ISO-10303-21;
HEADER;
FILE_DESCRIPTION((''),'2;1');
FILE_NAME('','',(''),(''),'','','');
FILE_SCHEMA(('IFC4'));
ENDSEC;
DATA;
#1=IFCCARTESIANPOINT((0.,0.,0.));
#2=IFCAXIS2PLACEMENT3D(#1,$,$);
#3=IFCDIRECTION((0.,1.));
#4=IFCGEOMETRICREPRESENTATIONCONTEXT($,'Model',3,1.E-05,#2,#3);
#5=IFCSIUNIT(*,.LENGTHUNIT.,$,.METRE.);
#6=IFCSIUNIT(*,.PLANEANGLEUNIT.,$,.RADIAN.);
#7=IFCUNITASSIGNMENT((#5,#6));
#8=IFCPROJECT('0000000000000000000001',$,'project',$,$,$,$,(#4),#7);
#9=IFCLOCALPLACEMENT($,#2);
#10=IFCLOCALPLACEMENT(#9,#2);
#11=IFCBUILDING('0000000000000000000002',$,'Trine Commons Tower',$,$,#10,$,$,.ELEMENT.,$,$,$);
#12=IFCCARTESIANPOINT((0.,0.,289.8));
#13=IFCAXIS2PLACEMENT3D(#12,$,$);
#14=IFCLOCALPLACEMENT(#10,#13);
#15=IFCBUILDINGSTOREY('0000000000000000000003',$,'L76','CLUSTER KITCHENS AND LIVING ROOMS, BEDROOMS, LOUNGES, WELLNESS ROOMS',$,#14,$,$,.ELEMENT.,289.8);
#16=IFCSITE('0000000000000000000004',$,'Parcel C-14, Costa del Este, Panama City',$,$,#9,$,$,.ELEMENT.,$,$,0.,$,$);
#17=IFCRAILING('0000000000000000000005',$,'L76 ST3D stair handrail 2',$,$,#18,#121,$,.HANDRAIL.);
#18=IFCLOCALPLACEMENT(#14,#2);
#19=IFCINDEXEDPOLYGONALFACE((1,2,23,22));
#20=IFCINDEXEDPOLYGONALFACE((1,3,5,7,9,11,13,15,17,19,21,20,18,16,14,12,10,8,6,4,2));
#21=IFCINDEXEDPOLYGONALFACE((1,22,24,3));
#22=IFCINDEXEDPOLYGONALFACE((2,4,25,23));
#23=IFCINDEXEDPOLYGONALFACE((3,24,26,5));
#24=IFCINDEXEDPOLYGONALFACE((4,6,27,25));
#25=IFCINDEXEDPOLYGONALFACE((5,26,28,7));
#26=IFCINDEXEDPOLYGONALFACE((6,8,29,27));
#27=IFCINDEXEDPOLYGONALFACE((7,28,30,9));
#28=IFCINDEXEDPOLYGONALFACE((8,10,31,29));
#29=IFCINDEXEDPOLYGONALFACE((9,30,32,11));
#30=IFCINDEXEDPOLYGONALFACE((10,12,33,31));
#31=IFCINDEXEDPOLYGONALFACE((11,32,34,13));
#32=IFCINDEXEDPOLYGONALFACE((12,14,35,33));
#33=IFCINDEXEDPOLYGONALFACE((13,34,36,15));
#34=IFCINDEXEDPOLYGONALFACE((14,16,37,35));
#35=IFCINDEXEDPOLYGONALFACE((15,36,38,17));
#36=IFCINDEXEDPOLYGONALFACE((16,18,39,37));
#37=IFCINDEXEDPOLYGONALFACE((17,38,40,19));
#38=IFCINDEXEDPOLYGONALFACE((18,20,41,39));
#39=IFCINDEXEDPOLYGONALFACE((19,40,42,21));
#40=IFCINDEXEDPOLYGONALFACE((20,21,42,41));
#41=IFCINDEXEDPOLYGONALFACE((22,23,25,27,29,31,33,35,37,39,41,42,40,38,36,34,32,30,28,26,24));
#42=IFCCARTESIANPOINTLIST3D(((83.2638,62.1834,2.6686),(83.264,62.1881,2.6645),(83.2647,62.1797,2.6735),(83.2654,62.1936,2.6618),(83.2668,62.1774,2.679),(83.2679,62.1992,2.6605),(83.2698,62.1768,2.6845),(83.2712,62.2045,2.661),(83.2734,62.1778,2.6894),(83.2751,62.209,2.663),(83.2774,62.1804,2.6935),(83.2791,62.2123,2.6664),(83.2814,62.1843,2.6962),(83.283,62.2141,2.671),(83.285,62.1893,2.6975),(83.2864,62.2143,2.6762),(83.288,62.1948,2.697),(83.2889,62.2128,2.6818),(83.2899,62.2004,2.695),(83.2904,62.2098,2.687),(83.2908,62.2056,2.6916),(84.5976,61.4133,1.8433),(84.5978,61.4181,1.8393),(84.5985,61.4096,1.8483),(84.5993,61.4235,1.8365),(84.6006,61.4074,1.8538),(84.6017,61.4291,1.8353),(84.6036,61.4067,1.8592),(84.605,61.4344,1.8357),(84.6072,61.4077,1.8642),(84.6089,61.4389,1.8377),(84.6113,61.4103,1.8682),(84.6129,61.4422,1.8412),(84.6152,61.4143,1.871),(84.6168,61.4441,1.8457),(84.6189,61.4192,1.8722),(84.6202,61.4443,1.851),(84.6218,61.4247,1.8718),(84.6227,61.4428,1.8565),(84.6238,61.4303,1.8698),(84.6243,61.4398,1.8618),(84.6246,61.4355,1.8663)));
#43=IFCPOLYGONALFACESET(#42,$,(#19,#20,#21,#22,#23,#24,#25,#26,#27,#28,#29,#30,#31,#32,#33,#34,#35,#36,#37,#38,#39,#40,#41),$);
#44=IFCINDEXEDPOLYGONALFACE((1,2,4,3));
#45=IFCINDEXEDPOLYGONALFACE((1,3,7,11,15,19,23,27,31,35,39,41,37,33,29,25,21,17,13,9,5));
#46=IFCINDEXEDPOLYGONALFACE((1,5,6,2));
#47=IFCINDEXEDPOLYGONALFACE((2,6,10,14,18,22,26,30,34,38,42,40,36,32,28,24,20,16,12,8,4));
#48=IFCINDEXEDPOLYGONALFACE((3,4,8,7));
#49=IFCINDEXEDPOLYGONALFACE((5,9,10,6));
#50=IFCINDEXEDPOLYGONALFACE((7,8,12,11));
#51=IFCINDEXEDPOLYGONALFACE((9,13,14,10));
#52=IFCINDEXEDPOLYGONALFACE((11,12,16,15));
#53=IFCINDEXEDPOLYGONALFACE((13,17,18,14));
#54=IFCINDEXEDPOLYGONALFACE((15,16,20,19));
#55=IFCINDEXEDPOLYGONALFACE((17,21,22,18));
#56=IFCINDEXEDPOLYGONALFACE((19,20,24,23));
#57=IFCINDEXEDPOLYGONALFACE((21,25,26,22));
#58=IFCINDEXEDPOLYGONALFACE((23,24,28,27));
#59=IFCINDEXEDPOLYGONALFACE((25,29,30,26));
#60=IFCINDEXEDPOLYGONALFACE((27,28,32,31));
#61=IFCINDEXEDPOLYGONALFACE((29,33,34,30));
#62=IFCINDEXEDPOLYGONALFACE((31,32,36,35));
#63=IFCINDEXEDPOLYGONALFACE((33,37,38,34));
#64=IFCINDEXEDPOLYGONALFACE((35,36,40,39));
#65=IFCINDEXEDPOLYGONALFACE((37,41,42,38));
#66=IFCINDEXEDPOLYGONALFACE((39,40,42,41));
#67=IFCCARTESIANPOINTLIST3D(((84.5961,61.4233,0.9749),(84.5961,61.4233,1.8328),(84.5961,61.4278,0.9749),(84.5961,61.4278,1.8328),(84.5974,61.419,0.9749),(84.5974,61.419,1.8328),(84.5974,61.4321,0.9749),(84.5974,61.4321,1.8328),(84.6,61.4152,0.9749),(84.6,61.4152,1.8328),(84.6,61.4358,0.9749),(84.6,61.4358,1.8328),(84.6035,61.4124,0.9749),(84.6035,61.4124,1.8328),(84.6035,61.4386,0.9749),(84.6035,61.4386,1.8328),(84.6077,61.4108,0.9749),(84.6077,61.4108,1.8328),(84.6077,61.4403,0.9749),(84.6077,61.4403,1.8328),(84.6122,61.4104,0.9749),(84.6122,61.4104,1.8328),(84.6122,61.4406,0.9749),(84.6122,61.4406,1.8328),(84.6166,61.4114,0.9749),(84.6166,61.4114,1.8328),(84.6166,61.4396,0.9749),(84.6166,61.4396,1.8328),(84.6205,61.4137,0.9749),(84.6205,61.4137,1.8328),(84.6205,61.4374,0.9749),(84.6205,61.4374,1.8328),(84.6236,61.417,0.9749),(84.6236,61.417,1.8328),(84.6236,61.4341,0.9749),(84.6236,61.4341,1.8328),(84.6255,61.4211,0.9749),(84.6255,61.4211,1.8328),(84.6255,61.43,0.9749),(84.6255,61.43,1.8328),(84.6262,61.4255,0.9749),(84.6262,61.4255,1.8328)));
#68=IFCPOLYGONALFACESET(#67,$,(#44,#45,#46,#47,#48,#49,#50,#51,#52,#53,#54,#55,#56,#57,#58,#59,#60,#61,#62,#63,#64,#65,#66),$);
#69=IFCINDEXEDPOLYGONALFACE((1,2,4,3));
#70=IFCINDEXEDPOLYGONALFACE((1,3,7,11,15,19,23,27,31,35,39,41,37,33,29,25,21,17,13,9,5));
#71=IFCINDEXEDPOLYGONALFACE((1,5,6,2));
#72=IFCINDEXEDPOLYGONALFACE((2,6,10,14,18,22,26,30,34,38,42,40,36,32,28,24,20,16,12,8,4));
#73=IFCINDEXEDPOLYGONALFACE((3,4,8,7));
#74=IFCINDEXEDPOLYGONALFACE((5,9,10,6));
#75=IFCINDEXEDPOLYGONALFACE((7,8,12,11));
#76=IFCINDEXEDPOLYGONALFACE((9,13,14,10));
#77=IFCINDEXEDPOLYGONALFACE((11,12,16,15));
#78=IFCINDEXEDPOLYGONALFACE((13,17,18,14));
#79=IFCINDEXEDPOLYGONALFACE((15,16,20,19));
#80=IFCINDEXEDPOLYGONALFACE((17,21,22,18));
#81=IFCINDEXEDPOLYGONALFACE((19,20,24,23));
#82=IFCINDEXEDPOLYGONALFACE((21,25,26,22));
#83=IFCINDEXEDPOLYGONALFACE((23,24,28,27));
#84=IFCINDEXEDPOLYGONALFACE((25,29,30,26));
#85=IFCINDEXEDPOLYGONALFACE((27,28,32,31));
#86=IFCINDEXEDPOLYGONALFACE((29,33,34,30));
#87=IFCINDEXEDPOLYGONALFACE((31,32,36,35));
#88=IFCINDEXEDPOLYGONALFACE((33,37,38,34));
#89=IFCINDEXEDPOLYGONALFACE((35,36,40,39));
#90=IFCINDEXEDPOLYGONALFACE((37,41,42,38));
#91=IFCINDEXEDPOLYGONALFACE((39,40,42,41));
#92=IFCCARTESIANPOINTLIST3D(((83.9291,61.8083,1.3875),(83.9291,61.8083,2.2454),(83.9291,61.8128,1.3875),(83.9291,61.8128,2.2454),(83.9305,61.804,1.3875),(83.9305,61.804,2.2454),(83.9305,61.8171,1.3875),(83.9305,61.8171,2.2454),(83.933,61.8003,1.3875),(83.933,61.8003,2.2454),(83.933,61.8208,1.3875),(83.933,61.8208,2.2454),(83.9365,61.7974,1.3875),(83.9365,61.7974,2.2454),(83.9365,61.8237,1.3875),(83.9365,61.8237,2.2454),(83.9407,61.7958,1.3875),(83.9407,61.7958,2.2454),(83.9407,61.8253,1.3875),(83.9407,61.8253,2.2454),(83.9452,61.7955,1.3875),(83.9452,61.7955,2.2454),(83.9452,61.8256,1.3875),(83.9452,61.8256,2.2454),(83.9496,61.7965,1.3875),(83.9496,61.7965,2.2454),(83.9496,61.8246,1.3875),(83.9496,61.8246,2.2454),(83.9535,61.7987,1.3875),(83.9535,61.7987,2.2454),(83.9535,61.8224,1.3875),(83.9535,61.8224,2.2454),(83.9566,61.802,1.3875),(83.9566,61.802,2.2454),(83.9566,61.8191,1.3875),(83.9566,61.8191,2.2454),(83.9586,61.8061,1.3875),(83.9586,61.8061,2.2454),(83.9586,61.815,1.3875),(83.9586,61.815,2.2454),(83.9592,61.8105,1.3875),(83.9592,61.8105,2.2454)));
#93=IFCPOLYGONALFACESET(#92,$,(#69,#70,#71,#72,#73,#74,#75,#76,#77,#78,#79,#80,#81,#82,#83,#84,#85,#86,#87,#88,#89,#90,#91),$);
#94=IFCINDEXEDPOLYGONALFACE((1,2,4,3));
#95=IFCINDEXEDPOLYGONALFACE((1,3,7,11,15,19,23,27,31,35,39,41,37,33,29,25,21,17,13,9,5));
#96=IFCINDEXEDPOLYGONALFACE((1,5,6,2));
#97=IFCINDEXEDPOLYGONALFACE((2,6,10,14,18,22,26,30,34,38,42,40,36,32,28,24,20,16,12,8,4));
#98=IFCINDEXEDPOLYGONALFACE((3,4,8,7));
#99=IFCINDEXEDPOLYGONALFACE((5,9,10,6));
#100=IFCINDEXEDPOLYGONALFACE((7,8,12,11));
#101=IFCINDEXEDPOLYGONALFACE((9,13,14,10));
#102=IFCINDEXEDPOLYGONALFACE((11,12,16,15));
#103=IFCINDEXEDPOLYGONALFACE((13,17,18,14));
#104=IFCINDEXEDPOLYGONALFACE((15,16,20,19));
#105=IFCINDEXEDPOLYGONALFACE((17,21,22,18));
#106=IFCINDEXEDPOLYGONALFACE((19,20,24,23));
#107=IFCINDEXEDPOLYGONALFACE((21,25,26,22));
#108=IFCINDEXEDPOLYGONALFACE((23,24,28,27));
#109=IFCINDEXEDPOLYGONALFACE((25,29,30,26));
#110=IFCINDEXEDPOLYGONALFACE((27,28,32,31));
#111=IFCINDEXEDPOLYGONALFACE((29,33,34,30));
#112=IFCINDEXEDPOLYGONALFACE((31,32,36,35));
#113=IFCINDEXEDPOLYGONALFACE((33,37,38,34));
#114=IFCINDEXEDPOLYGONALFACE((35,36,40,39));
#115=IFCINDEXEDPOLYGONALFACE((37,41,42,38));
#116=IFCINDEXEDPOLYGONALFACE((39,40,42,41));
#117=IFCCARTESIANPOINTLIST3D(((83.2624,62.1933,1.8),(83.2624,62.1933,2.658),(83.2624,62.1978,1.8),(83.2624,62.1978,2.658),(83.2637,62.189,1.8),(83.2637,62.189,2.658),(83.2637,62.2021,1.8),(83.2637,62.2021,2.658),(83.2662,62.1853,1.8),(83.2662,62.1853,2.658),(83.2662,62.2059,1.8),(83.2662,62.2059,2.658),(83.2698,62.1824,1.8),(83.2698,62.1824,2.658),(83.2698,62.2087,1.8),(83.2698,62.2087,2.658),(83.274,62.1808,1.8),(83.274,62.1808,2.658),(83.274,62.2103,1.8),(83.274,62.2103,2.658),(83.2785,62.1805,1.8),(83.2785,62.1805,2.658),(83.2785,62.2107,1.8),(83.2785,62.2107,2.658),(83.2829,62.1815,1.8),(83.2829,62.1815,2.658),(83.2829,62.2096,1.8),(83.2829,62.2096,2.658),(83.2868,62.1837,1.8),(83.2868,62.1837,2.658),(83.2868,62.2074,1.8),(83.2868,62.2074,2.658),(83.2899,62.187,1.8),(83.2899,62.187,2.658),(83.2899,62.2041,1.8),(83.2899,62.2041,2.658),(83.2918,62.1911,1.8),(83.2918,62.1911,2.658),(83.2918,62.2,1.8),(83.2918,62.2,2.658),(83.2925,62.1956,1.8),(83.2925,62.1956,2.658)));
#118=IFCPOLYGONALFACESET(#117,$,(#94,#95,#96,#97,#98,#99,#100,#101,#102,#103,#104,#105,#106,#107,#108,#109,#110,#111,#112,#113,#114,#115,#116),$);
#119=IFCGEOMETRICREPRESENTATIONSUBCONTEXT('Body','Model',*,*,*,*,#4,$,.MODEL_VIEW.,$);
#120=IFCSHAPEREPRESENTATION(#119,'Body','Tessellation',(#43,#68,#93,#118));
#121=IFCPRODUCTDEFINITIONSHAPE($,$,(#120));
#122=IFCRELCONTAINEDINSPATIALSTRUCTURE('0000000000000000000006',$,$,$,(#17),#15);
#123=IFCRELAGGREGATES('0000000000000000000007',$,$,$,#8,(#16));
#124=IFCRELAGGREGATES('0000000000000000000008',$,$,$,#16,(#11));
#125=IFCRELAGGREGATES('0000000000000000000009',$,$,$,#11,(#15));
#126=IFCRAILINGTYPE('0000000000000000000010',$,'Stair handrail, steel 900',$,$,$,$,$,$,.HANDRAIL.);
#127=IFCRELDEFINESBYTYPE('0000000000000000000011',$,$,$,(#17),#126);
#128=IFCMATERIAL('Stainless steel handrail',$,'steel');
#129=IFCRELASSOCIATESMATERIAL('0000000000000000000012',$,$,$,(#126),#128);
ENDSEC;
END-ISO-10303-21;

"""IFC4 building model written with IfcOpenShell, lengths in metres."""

from ifc_helpers import new_model, si_unit, direction, frame, origin, origin_2d, place, context, subcontext, project, spatial, circle, extrude, material, type_object, element, save


model = new_model("IFC4")

# Units and contexts
model_context = context("Model", 3, precision=1e-05, world=origin(), true_north=direction((0.0, 1.0)))
body_context = subcontext(model_context, "Body", "Model", "MODEL_VIEW")
ifc_project = project(units=[si_unit("LENGTHUNIT", "METRE"), si_unit("PLANEANGLEUNIT", "RADIAN")], contexts=[model_context])

# Site, building, storey
site_placement = place(None, origin())
site = spatial("IfcSite", under=ifc_project, at=site_placement, Name="Parcel C-14, Costa del Este, Panama City", CompositionType="ELEMENT", RefElevation=0.0)
building_placement = place(site_placement, origin())
building = spatial("IfcBuilding", under=site, at=building_placement, Name="Trine Commons Tower", CompositionType="ELEMENT")
storey_placement = place(building_placement, frame((0.0, 0.0, 289.8)))
storey = spatial("IfcBuildingStorey", under=building, at=storey_placement, Name="L76", Description="CLUSTER KITCHENS AND LIVING ROOMS, BEDROOMS, LOUNGES, WELLNESS ROOMS", CompositionType="ELEMENT", Elevation=289.8)

# Railing
ifc_material_1 = material(Name="Stainless steel handrail", Category="steel")
railing_type_1 = type_object("IfcRailingType", Name="Stair handrail, steel 900", PredefinedType="HANDRAIL", material=ifc_material_1)
railing_1_placement = place(storey_placement, frame((84.6111, 61.4255, 0.9749)))
element("IfcRailing", 1, at=railing_1_placement, inside=storey, type_object=railing_type_1, Name="L76 ST3D stair handrail 2", PredefinedType="HANDRAIL", context=body_context, shape_type="SweptSolid", body=[
    extrude(circle(Radius=0.021, at=origin_2d()), frame((0.0, 0.0, 0.8789), z_axis=(-0.763355, 0.440714, 0.472293), x_axis=(-0.499992, -0.86603, 0.0)), (0.0, 0.0, 1.0), 1.7473),
    extrude(circle(Radius=0.0151, at=origin_2d()), origin(), (0.0, 0.0, 1.0), 0.8579),
    extrude(circle(Radius=0.0151, at=origin_2d()), frame((-0.667, 0.385, 0.4126)), (0.0, 0.0, 1.0), 0.8579),
    extrude(circle(Radius=0.0151, at=origin_2d()), frame((-1.3337, 0.77, 0.8252)), (0.0, 0.0, 1.0), 0.8579),
])

save(model, "model.ifc")
